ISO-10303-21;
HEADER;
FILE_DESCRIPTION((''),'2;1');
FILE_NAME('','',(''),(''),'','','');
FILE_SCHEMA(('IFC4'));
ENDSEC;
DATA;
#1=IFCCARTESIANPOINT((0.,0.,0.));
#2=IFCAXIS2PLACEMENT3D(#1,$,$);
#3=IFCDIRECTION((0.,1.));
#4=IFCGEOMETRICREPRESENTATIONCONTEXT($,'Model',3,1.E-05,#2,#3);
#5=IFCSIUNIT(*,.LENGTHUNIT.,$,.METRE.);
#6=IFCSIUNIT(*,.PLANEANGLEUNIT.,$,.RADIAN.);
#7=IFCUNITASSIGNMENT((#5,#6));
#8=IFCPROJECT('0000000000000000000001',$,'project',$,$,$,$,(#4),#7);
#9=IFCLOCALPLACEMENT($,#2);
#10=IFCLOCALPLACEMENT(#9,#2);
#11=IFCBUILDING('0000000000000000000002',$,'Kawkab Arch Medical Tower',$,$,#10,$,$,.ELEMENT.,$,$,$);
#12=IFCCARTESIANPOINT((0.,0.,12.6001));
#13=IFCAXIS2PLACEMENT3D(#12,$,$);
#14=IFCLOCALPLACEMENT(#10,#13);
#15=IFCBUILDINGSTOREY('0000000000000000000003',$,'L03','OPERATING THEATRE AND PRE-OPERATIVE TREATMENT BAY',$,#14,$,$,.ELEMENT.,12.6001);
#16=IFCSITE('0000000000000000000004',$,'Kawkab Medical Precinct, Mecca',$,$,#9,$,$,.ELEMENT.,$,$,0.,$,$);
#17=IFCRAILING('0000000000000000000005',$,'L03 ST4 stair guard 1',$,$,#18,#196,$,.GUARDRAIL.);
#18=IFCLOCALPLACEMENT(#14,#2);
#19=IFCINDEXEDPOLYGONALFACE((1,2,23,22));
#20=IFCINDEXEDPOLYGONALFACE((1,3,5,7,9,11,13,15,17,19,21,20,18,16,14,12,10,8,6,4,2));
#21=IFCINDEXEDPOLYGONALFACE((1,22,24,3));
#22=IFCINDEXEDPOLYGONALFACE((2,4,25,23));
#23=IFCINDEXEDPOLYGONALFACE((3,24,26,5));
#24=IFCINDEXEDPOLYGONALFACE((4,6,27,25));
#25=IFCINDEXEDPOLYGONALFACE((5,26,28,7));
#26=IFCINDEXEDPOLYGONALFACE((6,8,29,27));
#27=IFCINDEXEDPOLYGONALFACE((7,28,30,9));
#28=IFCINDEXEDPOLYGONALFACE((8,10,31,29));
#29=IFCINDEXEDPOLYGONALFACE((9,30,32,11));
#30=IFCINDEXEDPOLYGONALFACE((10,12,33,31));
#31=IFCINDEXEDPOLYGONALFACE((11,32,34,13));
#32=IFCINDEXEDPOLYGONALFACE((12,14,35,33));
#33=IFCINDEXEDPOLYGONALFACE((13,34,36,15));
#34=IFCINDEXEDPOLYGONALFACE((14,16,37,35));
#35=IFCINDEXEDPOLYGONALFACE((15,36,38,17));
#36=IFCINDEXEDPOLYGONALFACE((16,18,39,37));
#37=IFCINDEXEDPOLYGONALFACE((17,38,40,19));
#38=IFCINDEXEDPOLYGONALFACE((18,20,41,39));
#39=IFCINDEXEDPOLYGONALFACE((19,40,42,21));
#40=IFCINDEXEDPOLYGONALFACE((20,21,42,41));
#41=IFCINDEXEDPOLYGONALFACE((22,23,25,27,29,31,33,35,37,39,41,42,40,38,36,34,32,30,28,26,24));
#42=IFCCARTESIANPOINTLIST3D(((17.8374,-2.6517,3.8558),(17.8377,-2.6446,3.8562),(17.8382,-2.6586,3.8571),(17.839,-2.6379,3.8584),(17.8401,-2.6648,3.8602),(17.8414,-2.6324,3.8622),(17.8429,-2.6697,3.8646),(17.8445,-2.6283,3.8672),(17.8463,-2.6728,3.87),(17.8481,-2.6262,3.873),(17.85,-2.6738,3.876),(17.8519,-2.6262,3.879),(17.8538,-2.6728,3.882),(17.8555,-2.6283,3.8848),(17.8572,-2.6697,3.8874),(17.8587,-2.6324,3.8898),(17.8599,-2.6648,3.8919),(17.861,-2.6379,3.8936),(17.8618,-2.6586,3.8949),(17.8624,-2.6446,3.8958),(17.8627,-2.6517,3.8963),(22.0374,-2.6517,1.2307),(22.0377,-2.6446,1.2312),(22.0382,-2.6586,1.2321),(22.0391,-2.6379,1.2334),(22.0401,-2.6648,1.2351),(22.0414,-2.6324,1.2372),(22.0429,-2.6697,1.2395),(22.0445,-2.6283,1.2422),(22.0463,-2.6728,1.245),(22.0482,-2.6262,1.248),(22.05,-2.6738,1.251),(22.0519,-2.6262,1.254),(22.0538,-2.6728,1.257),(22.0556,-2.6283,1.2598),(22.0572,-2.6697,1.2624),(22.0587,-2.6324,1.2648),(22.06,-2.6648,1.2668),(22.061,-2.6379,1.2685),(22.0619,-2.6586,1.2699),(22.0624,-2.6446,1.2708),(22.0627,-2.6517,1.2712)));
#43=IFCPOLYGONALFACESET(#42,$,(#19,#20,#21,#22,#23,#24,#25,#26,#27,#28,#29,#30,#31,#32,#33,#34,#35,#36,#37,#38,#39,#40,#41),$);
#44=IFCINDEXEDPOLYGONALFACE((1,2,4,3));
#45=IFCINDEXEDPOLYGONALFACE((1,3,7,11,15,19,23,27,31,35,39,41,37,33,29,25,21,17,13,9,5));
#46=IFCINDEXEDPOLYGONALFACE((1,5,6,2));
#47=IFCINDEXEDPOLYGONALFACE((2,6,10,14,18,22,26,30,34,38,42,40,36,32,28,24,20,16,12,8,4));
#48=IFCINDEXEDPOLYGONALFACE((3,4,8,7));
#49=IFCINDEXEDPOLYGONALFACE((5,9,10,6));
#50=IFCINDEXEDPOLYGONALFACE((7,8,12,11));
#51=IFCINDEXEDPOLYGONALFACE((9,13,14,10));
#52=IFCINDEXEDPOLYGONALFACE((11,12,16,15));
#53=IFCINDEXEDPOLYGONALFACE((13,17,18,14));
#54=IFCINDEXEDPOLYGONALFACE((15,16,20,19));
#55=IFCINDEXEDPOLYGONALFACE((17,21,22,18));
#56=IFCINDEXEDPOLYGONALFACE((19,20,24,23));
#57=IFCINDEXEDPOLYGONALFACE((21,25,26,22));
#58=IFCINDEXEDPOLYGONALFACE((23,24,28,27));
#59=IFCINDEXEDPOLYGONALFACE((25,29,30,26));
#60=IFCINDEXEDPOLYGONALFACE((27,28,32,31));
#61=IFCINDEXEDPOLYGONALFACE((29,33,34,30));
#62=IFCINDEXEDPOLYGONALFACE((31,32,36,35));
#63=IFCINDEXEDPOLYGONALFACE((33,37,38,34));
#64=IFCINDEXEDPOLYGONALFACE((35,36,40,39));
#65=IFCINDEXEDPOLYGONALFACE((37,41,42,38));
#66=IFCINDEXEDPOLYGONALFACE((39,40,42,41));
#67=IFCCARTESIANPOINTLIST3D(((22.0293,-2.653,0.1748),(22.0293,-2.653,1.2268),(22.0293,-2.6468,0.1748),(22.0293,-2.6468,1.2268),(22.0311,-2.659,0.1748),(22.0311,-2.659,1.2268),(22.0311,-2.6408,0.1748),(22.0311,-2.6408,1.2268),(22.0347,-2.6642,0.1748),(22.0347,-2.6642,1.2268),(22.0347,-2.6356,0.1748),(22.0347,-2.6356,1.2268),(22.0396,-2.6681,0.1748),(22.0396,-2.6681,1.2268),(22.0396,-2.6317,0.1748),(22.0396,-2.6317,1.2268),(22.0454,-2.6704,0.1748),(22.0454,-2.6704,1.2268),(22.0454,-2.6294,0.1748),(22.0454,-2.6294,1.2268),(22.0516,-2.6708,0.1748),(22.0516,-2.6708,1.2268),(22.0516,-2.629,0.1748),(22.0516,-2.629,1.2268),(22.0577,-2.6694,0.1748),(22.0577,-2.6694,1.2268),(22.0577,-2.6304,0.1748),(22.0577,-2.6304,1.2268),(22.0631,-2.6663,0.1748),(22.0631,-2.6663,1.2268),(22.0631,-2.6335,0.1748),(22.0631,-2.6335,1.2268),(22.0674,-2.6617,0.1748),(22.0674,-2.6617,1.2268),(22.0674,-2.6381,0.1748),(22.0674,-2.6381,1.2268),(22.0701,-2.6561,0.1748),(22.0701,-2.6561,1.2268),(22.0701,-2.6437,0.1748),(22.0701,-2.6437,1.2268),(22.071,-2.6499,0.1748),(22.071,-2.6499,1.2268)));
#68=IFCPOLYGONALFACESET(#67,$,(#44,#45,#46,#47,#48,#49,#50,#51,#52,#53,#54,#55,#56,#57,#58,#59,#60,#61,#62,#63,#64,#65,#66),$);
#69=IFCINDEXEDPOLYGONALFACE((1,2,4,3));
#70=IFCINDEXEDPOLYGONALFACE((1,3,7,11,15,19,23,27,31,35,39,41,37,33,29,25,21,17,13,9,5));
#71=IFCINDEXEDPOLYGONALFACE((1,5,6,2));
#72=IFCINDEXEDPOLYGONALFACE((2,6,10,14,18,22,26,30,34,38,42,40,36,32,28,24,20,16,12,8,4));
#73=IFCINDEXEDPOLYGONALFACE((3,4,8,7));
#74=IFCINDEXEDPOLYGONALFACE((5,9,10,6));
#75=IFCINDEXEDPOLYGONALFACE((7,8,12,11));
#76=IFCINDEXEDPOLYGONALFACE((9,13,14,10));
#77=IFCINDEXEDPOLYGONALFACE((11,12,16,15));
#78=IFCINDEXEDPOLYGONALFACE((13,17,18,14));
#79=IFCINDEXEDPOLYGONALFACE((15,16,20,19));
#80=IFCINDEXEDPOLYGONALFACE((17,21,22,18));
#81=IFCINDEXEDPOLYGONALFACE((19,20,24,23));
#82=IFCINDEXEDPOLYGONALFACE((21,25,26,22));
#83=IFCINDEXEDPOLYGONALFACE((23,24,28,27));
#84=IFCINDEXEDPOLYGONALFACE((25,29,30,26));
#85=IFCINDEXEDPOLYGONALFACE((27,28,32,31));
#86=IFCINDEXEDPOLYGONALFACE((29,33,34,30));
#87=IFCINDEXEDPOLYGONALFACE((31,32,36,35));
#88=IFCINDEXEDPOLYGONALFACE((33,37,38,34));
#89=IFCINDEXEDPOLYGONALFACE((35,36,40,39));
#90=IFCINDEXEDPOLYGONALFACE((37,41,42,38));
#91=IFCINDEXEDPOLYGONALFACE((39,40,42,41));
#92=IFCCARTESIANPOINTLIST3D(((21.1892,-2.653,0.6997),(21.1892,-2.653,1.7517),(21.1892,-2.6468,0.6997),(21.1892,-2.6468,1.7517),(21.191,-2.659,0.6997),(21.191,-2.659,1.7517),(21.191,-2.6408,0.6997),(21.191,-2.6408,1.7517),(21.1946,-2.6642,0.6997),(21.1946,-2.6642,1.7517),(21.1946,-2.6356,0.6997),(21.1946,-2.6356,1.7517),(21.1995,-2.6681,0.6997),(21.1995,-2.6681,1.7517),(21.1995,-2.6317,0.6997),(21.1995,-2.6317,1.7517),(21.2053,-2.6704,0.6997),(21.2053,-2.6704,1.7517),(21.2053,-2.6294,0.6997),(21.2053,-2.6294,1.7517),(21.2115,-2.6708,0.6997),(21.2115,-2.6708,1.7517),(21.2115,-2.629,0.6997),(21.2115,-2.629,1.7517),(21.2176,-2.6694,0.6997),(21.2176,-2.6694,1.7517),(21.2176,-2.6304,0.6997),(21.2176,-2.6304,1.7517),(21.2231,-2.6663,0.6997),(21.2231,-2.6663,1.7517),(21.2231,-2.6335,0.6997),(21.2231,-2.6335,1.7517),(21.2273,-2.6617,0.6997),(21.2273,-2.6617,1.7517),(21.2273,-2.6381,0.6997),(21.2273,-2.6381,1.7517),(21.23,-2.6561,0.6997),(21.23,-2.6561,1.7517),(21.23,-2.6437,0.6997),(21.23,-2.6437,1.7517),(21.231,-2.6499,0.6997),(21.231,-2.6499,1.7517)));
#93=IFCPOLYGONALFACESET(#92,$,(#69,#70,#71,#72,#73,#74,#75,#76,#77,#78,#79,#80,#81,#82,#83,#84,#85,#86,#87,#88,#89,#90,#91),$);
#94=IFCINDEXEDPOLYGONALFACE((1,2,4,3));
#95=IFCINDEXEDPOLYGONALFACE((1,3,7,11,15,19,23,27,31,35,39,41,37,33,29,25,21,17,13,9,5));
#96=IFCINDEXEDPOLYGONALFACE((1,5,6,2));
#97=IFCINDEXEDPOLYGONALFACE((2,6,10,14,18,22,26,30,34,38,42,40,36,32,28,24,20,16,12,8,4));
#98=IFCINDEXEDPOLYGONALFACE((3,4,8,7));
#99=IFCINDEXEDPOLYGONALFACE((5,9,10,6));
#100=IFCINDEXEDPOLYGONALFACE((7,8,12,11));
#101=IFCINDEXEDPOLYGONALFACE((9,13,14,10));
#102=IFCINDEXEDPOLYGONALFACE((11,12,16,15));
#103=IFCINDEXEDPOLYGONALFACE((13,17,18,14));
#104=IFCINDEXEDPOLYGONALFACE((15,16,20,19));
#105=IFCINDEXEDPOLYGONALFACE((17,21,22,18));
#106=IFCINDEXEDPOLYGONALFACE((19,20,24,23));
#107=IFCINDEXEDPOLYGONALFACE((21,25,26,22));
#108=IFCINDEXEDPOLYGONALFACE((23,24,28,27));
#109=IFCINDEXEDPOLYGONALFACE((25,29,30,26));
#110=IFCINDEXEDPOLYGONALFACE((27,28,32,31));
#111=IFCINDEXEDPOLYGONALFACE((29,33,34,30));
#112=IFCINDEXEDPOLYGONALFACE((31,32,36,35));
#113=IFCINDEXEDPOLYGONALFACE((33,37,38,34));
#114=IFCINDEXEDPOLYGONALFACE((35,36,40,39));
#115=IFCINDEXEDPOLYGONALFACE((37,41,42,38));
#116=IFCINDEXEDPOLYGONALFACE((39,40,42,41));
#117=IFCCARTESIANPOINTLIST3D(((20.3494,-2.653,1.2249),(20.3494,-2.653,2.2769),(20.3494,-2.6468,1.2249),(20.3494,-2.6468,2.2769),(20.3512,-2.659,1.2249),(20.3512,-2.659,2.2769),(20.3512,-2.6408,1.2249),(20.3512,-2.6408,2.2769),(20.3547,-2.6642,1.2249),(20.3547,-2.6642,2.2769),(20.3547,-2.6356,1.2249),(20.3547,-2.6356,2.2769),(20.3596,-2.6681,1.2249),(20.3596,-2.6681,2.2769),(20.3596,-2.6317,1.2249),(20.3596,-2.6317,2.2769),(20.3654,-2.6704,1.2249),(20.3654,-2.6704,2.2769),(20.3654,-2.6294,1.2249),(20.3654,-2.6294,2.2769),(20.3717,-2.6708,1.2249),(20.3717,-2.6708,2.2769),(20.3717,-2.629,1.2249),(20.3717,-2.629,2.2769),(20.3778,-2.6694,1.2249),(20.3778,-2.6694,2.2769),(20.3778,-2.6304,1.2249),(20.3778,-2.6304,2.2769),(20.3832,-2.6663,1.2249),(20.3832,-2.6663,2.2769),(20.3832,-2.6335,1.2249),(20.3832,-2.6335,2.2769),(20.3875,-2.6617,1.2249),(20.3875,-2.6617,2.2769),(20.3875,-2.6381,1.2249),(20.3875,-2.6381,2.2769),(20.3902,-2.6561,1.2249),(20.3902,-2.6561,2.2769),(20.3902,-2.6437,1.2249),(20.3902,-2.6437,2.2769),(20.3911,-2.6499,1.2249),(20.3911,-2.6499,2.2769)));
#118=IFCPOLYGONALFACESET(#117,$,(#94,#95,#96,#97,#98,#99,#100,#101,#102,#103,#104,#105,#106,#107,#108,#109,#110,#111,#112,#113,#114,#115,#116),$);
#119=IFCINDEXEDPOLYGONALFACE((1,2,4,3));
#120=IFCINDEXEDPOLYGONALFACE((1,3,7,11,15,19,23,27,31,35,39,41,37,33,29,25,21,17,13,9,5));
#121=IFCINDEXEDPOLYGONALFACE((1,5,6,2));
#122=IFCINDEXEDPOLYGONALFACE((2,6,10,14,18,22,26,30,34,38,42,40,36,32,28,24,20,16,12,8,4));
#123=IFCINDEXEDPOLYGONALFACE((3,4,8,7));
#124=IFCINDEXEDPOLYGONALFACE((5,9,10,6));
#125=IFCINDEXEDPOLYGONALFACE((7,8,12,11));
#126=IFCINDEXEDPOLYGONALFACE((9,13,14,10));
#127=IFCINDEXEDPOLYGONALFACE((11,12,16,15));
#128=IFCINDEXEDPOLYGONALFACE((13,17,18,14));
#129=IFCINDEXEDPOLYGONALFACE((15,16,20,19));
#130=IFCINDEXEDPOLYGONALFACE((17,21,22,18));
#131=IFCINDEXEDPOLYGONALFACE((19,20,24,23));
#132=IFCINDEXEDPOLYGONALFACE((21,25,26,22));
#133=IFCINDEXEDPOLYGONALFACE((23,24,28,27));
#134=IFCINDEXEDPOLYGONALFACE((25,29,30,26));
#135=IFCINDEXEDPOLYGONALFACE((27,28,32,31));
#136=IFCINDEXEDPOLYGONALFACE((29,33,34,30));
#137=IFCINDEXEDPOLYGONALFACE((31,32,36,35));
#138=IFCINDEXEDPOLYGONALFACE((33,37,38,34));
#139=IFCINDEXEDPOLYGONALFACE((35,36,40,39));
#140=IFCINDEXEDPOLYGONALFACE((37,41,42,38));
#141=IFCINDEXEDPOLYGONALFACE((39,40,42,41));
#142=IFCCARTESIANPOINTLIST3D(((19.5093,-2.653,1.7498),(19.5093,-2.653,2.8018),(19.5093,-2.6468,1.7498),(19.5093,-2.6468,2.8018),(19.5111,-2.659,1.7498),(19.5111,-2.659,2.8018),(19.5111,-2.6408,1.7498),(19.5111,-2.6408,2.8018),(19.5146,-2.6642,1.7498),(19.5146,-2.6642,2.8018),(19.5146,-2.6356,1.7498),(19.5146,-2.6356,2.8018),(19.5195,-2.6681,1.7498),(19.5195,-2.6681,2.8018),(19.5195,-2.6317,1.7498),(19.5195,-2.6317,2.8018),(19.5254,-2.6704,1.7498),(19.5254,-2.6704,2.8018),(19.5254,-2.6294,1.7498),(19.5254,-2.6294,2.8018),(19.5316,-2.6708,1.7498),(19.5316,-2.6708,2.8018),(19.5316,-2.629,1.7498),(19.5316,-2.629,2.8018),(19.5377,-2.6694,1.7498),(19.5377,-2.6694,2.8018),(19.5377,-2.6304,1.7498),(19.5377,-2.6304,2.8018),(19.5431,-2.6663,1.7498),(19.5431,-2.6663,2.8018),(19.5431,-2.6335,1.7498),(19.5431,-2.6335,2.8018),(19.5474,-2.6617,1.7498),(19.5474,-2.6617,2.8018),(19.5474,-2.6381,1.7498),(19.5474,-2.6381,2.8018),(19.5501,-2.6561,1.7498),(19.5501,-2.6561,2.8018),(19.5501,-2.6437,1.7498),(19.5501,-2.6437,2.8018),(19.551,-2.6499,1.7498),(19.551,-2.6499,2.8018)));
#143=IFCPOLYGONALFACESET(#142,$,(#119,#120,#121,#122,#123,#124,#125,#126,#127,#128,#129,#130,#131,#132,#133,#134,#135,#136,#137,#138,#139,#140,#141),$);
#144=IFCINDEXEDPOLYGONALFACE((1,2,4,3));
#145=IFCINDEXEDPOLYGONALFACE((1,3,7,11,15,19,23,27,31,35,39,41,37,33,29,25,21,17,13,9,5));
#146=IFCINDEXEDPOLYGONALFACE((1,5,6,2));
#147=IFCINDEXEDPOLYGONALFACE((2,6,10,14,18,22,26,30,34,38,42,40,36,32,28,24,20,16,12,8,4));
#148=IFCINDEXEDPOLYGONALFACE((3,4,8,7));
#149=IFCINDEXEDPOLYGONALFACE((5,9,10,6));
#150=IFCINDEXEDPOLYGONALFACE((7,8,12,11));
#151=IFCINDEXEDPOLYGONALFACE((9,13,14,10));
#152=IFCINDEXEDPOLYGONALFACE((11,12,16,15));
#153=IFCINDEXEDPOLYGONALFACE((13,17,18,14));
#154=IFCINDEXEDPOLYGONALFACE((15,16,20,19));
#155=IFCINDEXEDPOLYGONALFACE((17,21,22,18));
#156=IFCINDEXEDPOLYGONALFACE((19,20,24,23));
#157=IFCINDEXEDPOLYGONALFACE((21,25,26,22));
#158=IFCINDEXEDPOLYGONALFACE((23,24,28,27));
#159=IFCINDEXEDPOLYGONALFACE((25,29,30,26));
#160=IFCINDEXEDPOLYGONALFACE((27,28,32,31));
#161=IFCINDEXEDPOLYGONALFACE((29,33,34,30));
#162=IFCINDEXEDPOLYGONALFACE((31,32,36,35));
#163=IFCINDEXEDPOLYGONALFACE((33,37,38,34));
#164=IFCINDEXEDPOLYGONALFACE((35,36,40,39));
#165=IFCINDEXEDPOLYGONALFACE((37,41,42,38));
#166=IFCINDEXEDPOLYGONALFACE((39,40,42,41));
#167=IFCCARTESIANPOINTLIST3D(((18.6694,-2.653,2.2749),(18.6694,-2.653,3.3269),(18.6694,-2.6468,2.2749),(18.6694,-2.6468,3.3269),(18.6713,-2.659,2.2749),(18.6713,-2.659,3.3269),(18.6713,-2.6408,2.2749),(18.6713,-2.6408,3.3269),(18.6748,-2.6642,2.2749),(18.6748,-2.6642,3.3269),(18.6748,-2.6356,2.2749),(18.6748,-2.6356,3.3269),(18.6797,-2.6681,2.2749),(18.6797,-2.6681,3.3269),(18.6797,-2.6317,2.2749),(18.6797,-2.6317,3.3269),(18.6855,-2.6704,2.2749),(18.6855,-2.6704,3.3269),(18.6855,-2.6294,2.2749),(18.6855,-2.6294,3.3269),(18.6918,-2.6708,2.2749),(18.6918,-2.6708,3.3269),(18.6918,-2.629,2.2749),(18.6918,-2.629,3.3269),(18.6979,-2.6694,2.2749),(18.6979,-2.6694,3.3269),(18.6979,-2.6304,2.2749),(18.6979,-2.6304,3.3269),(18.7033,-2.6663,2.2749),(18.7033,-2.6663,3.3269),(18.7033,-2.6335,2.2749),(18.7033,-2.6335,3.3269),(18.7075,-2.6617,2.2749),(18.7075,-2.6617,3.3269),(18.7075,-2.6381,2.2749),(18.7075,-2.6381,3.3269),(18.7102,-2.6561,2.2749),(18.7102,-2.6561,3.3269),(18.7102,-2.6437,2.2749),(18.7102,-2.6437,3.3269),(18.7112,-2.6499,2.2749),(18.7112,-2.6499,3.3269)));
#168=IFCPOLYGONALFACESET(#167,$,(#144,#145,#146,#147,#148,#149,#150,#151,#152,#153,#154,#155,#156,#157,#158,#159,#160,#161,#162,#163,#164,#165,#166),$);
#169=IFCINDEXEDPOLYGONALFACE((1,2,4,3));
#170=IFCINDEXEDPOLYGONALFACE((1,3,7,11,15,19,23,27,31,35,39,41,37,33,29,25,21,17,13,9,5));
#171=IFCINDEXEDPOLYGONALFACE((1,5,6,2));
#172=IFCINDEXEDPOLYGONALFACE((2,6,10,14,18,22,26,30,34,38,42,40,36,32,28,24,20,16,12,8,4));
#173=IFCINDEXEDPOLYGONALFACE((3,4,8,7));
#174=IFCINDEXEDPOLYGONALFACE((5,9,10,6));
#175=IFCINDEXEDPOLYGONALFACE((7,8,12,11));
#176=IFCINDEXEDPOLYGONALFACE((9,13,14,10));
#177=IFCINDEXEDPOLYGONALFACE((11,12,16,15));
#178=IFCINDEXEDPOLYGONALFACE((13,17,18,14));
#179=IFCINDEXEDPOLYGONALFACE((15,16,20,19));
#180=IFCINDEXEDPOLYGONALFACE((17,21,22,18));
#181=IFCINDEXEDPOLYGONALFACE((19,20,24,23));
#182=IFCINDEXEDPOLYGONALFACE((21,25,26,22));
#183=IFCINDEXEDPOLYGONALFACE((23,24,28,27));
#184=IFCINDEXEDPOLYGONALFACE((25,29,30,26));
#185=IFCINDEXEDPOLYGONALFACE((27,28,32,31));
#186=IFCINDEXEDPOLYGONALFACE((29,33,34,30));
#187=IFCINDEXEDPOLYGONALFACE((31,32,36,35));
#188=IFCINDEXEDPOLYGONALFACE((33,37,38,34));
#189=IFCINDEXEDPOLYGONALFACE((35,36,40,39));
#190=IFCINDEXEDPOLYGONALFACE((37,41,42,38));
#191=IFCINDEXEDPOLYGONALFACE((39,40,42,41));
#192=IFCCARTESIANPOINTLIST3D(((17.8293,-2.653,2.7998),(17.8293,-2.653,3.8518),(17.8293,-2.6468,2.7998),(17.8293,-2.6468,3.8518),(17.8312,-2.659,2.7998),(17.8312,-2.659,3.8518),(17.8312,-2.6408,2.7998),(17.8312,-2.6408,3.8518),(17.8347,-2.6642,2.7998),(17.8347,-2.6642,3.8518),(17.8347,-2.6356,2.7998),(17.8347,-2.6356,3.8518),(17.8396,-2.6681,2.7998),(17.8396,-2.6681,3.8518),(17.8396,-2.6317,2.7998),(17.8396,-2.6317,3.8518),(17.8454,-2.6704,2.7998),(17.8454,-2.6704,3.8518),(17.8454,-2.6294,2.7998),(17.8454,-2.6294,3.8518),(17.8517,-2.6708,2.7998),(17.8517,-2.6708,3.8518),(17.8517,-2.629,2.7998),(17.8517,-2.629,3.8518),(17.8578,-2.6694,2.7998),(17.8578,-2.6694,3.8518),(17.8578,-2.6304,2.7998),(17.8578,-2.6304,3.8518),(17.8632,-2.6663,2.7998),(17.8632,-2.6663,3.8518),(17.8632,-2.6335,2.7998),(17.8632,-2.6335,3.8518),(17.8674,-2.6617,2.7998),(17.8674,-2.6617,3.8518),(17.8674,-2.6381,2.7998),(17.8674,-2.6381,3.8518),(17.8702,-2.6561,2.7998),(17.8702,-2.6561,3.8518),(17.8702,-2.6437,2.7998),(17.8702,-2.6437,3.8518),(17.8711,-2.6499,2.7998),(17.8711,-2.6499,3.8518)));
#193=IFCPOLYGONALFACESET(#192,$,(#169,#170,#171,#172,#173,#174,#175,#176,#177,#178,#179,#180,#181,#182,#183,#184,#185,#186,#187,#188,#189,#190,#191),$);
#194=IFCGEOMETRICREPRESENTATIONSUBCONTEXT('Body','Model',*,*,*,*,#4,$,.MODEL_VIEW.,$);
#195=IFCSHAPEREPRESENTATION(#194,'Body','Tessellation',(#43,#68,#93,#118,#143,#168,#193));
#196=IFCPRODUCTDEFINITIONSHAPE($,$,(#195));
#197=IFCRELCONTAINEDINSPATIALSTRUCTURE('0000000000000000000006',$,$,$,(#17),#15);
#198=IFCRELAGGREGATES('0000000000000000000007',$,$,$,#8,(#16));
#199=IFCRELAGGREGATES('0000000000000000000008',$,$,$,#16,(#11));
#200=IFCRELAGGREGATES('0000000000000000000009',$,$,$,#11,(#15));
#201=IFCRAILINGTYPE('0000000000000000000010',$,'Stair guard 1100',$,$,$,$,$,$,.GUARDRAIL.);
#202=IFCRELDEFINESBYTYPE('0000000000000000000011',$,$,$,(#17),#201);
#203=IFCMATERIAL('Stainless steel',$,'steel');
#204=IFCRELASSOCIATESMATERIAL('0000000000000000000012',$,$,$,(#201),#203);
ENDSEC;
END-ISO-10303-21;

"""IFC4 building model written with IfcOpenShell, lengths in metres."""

from ifc_helpers import new_model, si_unit, direction, frame, origin, origin_2d, place, context, subcontext, project, spatial, circle, extrude, material, type_object, element, save


model = new_model("IFC4")

# Units and contexts
model_context = context("Model", 3, precision=1e-05, world=origin(), true_north=direction((0.0, 1.0)))
body_context = subcontext(model_context, "Body", "Model", "MODEL_VIEW")
ifc_project = project(units=[si_unit("LENGTHUNIT", "METRE"), si_unit("PLANEANGLEUNIT", "RADIAN")], contexts=[model_context])

# Site, building, storey
site_placement = place(None, origin())
site = spatial("IfcSite", under=ifc_project, at=site_placement, Name="Kawkab Medical Precinct, Mecca", CompositionType="ELEMENT", RefElevation=0.0)
building_placement = place(site_placement, origin())
building = spatial("IfcBuilding", under=site, at=building_placement, Name="Kawkab Arch Medical Tower", CompositionType="ELEMENT")
storey_placement = place(building_placement, frame((0.0, 0.0, 12.6001)))
storey = spatial("IfcBuildingStorey", under=building, at=storey_placement, Name="L03", Description="OPERATING THEATRE AND PRE-OPERATIVE TREATMENT BAY", CompositionType="ELEMENT", Elevation=12.6001)

# Railing
ifc_material_1 = material(Name="Stainless steel", Category="steel")
railing_type = type_object("IfcRailingType", Name="Stair guard 1100", PredefinedType="GUARDRAIL", material=ifc_material_1)
railing_1_placement = place(storey_placement, frame((22.05, -2.6499, 0.1748)))
element("IfcRailing", 1, at=railing_1_placement, inside=storey, type_object=railing_type, Name="L03 ST4 stair guard 1", PredefinedType="GUARDRAIL", context=body_context, shape_type="SweptSolid", body=[
    extrude(circle(Radius=0.0239, at=origin_2d()), frame((0.0, 0.0, 1.0762), z_axis=(-0.847996, 0.0, 0.530003), x_axis=(0.0, -1.0, 0.0)), (0.0, 0.0, 1.0), 4.9529),
    extrude(circle(Radius=0.021, at=origin_2d()), origin(), (0.0, 0.0, 1.0), 1.052),
    extrude(circle(Radius=0.021, at=origin_2d()), frame((-0.8401, 0.0, 0.5249)), (0.0, 0.0, 1.0), 1.052),
    extrude(circle(Radius=0.021, at=origin_2d()), frame((-1.6799, 0.0, 1.05)), (0.0, 0.0, 1.0), 1.052),
    extrude(circle(Radius=0.021, at=origin_2d()), frame((-2.52, 0.0, 1.575)), (0.0, 0.0, 1.0), 1.052),
    extrude(circle(Radius=0.021, at=origin_2d()), frame((-3.3599, 0.0, 2.1001)), (0.0, 0.0, 1.0), 1.052),
    extrude(circle(Radius=0.021, at=origin_2d()), frame((-4.2, 0.0, 2.625)), (0.0, 0.0, 1.0), 1.052),
])

save(model, "model.ifc")
